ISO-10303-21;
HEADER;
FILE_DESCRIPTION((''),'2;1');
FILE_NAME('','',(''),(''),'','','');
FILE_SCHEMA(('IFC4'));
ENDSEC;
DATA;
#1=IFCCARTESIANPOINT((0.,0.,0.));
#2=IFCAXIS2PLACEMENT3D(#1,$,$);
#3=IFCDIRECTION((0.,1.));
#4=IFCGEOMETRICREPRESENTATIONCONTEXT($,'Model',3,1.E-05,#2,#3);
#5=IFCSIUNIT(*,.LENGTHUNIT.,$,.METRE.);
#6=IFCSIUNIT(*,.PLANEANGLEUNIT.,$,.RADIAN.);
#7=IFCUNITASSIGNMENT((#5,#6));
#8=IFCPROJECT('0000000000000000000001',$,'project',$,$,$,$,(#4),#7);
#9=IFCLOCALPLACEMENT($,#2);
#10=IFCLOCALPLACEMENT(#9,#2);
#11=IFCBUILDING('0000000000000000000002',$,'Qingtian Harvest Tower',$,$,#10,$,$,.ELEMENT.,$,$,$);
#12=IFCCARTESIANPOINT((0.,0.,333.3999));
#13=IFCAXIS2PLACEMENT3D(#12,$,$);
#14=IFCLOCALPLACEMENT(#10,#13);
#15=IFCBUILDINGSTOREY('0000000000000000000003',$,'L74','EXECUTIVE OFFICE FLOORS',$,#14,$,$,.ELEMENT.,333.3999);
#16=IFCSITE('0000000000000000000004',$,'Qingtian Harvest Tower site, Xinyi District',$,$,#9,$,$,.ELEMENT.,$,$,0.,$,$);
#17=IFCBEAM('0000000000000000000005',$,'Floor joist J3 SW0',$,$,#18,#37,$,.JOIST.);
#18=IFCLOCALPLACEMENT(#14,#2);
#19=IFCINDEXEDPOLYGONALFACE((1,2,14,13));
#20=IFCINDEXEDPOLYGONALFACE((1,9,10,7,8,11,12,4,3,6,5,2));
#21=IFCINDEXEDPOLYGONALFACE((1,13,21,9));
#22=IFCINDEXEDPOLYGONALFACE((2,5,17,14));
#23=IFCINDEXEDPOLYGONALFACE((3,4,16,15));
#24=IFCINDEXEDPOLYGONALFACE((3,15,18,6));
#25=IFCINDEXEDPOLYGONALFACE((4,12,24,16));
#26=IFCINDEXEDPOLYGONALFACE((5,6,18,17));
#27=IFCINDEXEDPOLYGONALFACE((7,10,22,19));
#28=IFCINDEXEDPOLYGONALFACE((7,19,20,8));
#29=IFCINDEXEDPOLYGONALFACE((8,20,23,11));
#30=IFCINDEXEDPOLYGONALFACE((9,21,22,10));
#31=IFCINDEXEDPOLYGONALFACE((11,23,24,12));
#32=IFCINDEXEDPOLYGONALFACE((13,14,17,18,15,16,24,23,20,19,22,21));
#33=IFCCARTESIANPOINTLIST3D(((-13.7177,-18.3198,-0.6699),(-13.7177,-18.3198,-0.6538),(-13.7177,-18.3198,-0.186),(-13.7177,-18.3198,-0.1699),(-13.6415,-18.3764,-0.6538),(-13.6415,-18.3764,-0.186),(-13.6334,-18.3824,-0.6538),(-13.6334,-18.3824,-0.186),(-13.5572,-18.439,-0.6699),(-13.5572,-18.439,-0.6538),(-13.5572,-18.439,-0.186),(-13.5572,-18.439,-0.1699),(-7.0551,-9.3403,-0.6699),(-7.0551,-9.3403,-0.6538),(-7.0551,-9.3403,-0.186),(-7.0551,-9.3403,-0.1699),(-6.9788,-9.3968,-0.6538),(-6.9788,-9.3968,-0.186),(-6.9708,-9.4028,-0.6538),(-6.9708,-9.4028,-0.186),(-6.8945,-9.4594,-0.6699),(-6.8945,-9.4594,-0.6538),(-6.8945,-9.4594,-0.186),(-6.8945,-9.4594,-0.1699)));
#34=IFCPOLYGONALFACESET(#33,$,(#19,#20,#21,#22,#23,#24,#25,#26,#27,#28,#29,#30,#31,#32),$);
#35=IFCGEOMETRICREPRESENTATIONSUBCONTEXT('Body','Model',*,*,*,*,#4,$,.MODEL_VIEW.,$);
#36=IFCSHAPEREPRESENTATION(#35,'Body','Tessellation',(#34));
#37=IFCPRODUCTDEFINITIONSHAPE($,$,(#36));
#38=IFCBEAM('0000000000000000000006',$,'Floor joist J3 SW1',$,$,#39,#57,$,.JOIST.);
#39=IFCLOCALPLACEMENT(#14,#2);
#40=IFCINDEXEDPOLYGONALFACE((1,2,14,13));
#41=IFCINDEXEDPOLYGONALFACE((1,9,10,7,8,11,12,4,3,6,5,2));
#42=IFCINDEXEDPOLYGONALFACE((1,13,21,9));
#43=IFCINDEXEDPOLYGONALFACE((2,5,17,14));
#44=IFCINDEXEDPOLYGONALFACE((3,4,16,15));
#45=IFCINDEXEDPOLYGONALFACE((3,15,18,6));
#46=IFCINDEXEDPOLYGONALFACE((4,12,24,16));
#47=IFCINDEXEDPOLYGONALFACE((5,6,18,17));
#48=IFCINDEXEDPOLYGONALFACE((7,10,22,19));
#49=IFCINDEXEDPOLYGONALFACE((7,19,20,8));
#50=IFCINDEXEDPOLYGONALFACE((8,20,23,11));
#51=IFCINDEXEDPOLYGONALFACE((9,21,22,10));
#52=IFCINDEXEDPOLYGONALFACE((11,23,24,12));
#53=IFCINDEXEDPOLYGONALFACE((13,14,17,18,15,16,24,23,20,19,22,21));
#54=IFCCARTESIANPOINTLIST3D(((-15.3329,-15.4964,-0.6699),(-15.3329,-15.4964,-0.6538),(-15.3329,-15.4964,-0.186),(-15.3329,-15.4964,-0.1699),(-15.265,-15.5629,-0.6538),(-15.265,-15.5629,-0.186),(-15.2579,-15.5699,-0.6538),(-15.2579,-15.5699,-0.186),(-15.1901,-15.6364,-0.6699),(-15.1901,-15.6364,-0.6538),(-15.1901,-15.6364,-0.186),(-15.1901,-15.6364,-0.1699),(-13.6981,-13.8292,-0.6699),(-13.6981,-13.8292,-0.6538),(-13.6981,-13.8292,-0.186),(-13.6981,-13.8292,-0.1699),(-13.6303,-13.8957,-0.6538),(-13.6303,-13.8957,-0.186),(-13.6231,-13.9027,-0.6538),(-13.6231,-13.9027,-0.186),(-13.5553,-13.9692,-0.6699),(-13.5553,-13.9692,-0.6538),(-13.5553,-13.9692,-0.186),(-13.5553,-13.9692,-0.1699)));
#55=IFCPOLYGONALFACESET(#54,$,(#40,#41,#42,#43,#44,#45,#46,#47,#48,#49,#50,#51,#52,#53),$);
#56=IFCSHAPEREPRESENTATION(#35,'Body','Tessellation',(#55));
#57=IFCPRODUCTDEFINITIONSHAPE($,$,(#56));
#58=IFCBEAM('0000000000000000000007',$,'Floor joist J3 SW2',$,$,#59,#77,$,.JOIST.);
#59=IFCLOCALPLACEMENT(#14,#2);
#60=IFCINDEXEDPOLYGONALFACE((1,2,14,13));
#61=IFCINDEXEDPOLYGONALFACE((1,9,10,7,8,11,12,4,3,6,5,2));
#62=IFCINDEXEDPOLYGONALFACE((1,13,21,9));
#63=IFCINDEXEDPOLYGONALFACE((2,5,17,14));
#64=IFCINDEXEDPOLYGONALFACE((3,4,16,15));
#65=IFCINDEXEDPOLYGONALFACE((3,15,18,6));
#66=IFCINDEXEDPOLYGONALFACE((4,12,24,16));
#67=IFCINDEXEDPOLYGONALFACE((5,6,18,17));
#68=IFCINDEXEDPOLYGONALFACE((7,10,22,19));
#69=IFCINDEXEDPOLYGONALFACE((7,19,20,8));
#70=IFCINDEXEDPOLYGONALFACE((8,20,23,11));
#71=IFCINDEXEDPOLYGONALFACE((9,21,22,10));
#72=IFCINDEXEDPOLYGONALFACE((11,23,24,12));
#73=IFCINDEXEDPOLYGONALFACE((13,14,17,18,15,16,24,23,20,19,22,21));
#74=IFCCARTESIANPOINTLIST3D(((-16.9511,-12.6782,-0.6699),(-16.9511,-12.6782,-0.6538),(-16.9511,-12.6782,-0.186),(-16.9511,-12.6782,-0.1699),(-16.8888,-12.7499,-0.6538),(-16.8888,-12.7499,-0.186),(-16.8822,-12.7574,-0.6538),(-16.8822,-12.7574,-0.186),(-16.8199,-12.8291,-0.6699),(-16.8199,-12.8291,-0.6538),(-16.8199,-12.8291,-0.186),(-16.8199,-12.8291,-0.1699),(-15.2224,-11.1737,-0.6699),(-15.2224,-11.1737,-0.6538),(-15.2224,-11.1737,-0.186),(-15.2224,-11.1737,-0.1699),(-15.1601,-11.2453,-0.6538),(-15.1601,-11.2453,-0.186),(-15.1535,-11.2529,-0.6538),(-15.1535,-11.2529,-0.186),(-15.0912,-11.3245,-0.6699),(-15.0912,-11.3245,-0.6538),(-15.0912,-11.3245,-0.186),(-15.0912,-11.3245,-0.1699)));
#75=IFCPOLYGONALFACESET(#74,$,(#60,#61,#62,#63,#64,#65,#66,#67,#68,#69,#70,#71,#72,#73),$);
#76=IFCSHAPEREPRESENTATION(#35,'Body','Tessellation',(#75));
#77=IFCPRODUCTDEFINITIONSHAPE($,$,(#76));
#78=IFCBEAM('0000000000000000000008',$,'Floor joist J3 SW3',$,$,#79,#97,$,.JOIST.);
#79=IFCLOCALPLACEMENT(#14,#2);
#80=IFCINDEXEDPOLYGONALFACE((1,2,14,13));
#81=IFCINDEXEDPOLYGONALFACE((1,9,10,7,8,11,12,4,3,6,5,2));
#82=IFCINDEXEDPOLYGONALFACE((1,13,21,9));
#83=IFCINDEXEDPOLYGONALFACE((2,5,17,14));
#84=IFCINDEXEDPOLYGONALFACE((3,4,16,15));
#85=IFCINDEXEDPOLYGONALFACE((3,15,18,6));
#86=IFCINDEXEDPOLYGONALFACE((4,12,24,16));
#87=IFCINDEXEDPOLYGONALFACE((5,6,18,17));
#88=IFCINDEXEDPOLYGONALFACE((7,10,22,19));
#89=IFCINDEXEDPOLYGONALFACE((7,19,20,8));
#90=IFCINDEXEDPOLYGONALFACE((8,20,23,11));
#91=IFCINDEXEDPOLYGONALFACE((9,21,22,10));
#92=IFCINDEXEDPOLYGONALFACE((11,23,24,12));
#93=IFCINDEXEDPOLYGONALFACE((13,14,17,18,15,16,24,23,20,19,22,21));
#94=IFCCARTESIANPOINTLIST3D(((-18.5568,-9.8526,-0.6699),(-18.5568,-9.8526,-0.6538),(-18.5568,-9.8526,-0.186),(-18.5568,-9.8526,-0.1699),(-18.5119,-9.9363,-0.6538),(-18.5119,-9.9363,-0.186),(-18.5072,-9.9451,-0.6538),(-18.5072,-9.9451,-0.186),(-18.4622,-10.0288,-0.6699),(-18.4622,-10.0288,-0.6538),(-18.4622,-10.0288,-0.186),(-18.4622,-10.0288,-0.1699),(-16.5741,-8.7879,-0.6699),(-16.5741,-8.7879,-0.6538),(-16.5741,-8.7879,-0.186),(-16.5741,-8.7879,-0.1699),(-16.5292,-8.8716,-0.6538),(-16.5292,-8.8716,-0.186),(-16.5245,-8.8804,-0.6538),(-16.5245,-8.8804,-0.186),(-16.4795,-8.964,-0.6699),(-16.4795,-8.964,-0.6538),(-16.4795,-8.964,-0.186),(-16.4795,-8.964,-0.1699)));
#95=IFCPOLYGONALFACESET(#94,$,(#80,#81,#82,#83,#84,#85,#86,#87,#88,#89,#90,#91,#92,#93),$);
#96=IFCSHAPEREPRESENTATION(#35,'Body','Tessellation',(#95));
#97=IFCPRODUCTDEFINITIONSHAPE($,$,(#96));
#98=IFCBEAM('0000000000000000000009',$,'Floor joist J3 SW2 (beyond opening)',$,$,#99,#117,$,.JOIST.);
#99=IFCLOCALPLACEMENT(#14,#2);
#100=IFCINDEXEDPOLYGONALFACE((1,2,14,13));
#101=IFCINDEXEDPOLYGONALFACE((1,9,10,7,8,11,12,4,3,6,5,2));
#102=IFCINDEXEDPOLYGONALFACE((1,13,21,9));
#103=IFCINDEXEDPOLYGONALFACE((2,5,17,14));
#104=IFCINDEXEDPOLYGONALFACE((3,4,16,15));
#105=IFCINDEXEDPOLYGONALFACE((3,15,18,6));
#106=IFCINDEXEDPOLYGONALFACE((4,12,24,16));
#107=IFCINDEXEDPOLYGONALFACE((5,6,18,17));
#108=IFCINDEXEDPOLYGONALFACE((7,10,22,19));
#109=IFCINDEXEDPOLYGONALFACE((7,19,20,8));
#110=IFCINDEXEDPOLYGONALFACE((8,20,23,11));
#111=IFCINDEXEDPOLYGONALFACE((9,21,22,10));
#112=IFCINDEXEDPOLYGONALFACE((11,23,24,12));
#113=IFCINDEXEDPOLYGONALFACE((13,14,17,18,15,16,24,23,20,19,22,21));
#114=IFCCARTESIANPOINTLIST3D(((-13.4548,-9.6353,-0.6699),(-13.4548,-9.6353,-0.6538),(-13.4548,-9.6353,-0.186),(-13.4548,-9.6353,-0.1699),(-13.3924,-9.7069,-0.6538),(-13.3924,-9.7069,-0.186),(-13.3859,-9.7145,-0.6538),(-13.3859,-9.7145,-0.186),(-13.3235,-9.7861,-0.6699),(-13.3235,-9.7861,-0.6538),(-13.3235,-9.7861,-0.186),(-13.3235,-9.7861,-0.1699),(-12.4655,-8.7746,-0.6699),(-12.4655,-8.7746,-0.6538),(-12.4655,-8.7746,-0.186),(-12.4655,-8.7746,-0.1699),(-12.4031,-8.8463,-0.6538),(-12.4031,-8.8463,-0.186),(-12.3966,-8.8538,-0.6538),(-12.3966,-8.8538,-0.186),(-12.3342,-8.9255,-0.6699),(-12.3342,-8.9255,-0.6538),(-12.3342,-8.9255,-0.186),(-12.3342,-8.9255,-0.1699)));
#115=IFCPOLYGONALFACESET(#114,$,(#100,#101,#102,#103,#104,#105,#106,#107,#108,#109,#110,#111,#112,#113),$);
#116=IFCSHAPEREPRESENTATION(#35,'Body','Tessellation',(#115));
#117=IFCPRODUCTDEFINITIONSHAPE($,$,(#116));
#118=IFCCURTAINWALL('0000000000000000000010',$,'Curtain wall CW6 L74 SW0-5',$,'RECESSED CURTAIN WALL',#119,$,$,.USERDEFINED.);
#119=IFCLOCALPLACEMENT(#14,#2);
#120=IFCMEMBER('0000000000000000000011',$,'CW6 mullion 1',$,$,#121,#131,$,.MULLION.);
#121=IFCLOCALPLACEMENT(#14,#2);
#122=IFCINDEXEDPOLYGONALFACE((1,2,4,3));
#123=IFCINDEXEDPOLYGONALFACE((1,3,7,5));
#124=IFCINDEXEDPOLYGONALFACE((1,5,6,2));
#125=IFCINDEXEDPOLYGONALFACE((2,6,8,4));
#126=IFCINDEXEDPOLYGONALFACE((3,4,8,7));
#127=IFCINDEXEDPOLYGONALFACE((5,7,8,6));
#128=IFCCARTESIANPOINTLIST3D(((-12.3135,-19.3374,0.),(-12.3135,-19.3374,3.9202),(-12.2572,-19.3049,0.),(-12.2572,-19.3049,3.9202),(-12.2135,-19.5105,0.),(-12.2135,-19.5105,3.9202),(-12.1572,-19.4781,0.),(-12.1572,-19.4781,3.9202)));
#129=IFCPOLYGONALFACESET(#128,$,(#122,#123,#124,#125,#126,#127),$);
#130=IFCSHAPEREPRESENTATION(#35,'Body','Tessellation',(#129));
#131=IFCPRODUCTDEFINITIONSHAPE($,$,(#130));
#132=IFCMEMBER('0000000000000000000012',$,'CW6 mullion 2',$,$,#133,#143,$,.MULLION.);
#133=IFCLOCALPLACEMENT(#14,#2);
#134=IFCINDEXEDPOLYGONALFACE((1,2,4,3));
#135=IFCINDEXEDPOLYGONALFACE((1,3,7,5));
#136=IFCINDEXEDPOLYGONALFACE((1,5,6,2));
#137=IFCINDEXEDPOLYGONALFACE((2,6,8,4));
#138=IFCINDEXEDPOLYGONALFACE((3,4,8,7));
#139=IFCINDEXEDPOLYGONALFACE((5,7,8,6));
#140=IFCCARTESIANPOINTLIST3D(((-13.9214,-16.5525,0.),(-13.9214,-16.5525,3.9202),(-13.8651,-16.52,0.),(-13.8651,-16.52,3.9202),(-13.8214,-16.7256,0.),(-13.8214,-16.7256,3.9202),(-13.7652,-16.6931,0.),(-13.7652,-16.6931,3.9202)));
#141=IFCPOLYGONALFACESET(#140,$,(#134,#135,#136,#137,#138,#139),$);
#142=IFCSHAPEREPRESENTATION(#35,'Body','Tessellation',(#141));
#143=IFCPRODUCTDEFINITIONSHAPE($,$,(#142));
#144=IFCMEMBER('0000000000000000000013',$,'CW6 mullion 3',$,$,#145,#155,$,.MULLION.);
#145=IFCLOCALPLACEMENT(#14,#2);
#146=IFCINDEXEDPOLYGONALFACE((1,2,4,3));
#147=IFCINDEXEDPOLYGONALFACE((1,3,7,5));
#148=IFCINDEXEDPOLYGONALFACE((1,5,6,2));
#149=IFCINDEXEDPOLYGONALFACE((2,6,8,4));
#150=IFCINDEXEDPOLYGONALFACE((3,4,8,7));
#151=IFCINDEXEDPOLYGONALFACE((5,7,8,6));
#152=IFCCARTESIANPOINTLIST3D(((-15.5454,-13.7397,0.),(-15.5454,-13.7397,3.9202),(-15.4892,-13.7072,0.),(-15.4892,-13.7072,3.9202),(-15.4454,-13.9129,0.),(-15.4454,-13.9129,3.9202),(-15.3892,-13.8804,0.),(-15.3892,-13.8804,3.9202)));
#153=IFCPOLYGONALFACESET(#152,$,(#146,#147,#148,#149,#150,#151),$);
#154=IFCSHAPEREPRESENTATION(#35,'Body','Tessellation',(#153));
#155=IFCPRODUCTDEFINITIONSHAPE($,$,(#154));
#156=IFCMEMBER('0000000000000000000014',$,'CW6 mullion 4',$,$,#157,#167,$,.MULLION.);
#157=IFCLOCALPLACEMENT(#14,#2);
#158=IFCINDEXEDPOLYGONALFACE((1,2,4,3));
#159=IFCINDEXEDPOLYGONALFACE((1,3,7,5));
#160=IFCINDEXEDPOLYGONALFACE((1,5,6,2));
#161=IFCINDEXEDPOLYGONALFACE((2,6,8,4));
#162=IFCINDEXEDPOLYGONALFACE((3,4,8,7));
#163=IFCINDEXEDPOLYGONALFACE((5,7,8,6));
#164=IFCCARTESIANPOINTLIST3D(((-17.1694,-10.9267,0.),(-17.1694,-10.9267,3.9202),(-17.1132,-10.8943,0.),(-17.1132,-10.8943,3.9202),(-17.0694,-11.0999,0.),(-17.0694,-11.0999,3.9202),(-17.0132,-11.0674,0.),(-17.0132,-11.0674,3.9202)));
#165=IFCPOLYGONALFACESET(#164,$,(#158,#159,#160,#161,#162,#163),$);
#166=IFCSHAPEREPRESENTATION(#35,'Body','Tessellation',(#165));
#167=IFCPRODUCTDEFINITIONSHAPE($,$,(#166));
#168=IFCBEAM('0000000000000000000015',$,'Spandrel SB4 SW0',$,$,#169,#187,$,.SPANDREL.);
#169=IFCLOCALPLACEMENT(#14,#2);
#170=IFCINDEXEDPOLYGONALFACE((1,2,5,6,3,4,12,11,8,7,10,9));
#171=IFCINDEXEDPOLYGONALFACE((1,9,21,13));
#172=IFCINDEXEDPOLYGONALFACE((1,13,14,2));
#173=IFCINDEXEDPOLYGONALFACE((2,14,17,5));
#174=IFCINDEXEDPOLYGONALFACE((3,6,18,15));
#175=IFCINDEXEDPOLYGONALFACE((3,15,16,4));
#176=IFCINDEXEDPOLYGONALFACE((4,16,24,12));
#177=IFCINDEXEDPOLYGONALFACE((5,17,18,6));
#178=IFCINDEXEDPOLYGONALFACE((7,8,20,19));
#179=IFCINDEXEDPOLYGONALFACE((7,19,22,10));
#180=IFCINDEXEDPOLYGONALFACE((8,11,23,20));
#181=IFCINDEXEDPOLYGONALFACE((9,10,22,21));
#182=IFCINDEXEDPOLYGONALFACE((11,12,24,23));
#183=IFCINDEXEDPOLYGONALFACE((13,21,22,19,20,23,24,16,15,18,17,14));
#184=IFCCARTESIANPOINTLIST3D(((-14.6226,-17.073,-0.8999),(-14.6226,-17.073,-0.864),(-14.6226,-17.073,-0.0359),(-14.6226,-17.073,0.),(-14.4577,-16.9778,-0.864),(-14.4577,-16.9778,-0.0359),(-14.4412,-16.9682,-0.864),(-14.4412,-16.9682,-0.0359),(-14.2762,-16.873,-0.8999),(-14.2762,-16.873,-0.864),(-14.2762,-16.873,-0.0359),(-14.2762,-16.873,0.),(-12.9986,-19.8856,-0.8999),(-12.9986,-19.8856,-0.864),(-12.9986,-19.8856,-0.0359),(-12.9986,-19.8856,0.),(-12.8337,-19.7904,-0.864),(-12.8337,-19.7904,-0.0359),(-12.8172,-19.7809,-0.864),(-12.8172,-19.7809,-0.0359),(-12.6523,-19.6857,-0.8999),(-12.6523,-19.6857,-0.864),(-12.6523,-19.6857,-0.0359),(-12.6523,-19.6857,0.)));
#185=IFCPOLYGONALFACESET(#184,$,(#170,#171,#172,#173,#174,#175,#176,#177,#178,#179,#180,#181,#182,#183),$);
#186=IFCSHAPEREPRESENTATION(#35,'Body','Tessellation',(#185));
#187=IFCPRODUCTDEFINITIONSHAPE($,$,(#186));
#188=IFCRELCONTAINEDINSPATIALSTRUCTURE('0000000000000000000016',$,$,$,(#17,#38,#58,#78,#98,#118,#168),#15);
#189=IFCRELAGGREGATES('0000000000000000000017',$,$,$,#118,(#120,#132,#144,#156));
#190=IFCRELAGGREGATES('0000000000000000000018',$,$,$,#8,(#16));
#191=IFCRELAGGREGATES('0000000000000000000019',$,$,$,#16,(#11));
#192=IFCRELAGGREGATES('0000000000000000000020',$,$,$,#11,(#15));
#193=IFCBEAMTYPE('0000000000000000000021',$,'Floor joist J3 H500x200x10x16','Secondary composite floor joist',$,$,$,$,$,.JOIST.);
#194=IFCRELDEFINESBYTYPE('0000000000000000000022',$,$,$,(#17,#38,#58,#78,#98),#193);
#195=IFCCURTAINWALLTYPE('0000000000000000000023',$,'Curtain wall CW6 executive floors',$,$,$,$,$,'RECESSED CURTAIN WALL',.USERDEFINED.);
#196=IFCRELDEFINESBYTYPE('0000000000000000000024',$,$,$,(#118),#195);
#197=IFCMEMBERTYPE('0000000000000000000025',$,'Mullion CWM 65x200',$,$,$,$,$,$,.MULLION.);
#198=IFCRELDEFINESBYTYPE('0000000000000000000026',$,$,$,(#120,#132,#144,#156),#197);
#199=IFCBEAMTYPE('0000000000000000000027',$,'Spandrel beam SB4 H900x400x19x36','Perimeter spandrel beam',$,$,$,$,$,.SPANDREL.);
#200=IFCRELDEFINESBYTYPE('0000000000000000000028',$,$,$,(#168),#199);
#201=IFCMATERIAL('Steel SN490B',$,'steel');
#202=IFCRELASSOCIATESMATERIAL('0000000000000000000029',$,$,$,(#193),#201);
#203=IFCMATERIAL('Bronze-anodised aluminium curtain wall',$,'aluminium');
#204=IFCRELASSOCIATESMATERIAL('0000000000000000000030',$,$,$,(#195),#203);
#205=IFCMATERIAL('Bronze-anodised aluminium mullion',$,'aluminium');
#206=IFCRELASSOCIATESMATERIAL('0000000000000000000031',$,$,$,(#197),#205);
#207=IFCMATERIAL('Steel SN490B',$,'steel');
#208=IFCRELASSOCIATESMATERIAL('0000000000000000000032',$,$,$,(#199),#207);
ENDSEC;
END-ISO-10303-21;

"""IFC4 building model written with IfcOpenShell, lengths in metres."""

from ifc_helpers import new_model, si_unit, direction, frame, origin, origin_2d, place, context, subcontext, project, spatial, rectangle, i_section, extrude, material, material_profile, profile_set, type_object, element, aggregate, save


model = new_model("IFC4")

# Units and contexts
model_context = context("Model", 3, precision=1e-05, world=origin(), true_north=direction((0.0, 1.0)))
body_context = subcontext(model_context, "Body", "Model", "MODEL_VIEW")
ifc_project = project(units=[si_unit("LENGTHUNIT", "METRE"), si_unit("PLANEANGLEUNIT", "RADIAN")], contexts=[model_context])

# Site, building, storey
site_placement = place(None, origin())
site = spatial("IfcSite", under=ifc_project, at=site_placement, Name="Qingtian Harvest Tower site, Xinyi District", CompositionType="ELEMENT", RefElevation=0.0)
building_placement = place(site_placement, origin())
building = spatial("IfcBuilding", under=site, at=building_placement, Name="Qingtian Harvest Tower", CompositionType="ELEMENT")
storey_placement = place(building_placement, frame((0.0, 0.0, 333.3999)))
storey = spatial("IfcBuildingStorey", under=building, at=storey_placement, Name="L74", Description="EXECUTIVE OFFICE FLOORS", CompositionType="ELEMENT", Elevation=333.3999)

# Beams
ifc_material_1 = material(Name="Steel SN490B", Category="steel")
ifc_material_profile_1 = material_profile(ifc_material_1, i_section(OverallWidth=0.2, OverallDepth=0.5, WebThickness=0.01, FlangeThickness=0.0161, at=origin_2d()), Name="H500x200x10x16")
ifc_profile_set_1 = profile_set([ifc_material_profile_1], Name="Steel SN490B")
beam_type_1 = type_object("IfcBeamType", Name="Floor joist J3 H500x200x10x16", Description="Secondary composite floor joist", PredefinedType="JOIST", material=ifc_profile_set_1)
beam_1_placement = place(storey_placement, frame((-13.6375, -18.3794, -0.4199), z_axis=(0.59587, 0.803081, 0.0), x_axis=(-0.803081, 0.59587, 0.0)))
element("IfcBeam", 1, at=beam_1_placement, inside=storey, type_object=beam_type_1, Name="Floor joist J3 SW0", PredefinedType="JOIST", context=body_context, shape_type="SweptSolid", body=[
    extrude(i_section(OverallWidth=0.2, OverallDepth=0.5, WebThickness=0.01, FlangeThickness=0.0161, at=origin_2d()), origin(), (0.0, 0.0, 1.0), 11.1814),
])
beam_2_placement = place(storey_placement, frame((-15.2615, -15.5664, -0.4199), z_axis=(0.700119, 0.714026, 0.0), x_axis=(-0.714026, 0.700119, 0.0)))
element("IfcBeam", 2, at=beam_2_placement, inside=storey, type_object=beam_type_1, Name="Floor joist J3 SW1", PredefinedType="JOIST", context=body_context, shape_type="SweptSolid", body=[
    extrude(i_section(OverallWidth=0.2, OverallDepth=0.5, WebThickness=0.01, FlangeThickness=0.0161, at=origin_2d()), origin(), (0.0, 0.0, 1.0), 2.335),
])
beam_3_placement = place(storey_placement, frame((-16.8855, -12.7537, -0.4199), z_axis=(0.75431, 0.656519, 0.0), x_axis=(-0.656519, 0.75431, 0.0)))
element("IfcBeam", 3, at=beam_3_placement, inside=storey, type_object=beam_type_1, Name="Floor joist J3 SW2", PredefinedType="JOIST", context=body_context, shape_type="SweptSolid", body=[
    extrude(i_section(OverallWidth=0.2, OverallDepth=0.5, WebThickness=0.01, FlangeThickness=0.0161, at=origin_2d()), origin(), (0.0, 0.0, 1.0), 2.2917),
])
beam_4_placement = place(storey_placement, frame((-18.5095, -9.9407, -0.4199), z_axis=(0.881007, 0.473103, 0.0), x_axis=(-0.473103, 0.881007, 0.0)))
element("IfcBeam", 4, at=beam_4_placement, inside=storey, type_object=beam_type_1, Name="Floor joist J3 SW3", PredefinedType="JOIST", context=body_context, shape_type="SweptSolid", body=[
    extrude(i_section(OverallWidth=0.2, OverallDepth=0.5, WebThickness=0.01, FlangeThickness=0.0161, at=origin_2d()), origin(), (0.0, 0.0, 1.0), 2.2505),
])
beam_5_placement = place(storey_placement, frame((-13.3892, -9.7107, -0.4199), z_axis=(0.754465, 0.65634, 0.0), x_axis=(-0.65634, 0.754465, 0.0)))
element("IfcBeam", 5, at=beam_5_placement, inside=storey, type_object=beam_type_1, Name="Floor joist J3 SW2 (beyond opening)", PredefinedType="JOIST", context=body_context, shape_type="SweptSolid", body=[
    extrude(i_section(OverallWidth=0.2, OverallDepth=0.5, WebThickness=0.01, FlangeThickness=0.0161, at=origin_2d()), origin(), (0.0, 0.0, 1.0), 1.3113),
])

# Curtain wall, members
ifc_material_2 = material(Name="Bronze-anodised aluminium curtain wall", Category="aluminium")
curtain_wall_type = type_object("IfcCurtainWallType", Name="Curtain wall CW6 executive floors", ElementType="RECESSED CURTAIN WALL", PredefinedType="USERDEFINED", material=ifc_material_2)
curtain_wall_placement = place(storey_placement, origin())
curtain_wall = element("IfcCurtainWall", 6, at=curtain_wall_placement, inside=storey, type_object=curtain_wall_type, Name="Curtain wall CW6 L74 SW0-5", ObjectType="RECESSED CURTAIN WALL", PredefinedType="USERDEFINED")
ifc_material_3 = material(Name="Bronze-anodised aluminium mullion", Category="aluminium")
ifc_material_profile_2 = material_profile(ifc_material_3, rectangle(XDim=0.0649, YDim=0.2, at=origin_2d()), Name="AL 65x200")
ifc_profile_set_2 = profile_set([ifc_material_profile_2], Name="Bronze-anodised aluminium mullion")
member_type_1 = type_object("IfcMemberType", Name="Mullion CWM 65x200", PredefinedType="MULLION", material=ifc_profile_set_2)
member_1_placement = place(storey_placement, frame((-12.2354, -19.4077, 0.0), z_axis=(0.0, 0.0, 1.0), x_axis=(-0.866025, -0.5, 0.0)))
member_1 = element("IfcMember", 7, at=member_1_placement, type_object=member_type_1, Name="CW6 mullion 1", PredefinedType="MULLION", context=body_context, shape_type="SweptSolid", body=[
    extrude(rectangle(XDim=0.0649, YDim=0.2, at=origin_2d()), origin(), (0.0, 0.0, 1.0), 3.9202),
])
member_2_placement = place(storey_placement, frame((-13.8433, -16.6228, 0.0), z_axis=(0.0, 0.0, 1.0), x_axis=(-0.866025, -0.5, 0.0)))
member_2 = element("IfcMember", 8, at=member_2_placement, type_object=member_type_1, Name="CW6 mullion 2", PredefinedType="MULLION", context=body_context, shape_type="SweptSolid", body=[
    extrude(rectangle(XDim=0.0649, YDim=0.2, at=origin_2d()), origin(), (0.0, 0.0, 1.0), 3.9202),
])
member_3_placement = place(storey_placement, frame((-15.4673, -13.8101, 0.0), z_axis=(0.0, 0.0, 1.0), x_axis=(-0.866025, -0.5, 0.0)))
member_3 = element("IfcMember", 9, at=member_3_placement, type_object=member_type_1, Name="CW6 mullion 3", PredefinedType="MULLION", context=body_context, shape_type="SweptSolid", body=[
    extrude(rectangle(XDim=0.0649, YDim=0.2, at=origin_2d()), origin(), (0.0, 0.0, 1.0), 3.9202),
])
member_4_placement = place(storey_placement, frame((-17.0913, -10.9971, 0.0), z_axis=(0.0, 0.0, 1.0), x_axis=(-0.866025, -0.5, 0.0)))
member_4 = element("IfcMember", 10, at=member_4_placement, type_object=member_type_1, Name="CW6 mullion 4", PredefinedType="MULLION", context=body_context, shape_type="SweptSolid", body=[
    extrude(rectangle(XDim=0.0649, YDim=0.2, at=origin_2d()), origin(), (0.0, 0.0, 1.0), 3.9202),
])

# Beam
ifc_material_4 = material(Name="Steel SN490B", Category="steel")
ifc_material_profile_3 = material_profile(ifc_material_4, i_section(OverallWidth=0.3999, OverallDepth=0.8999, WebThickness=0.019, FlangeThickness=0.0359, at=origin_2d()), Name="H900x400x19x36")
ifc_profile_set_3 = profile_set([ifc_material_profile_3], Name="Steel SN490B")
beam_type_2 = type_object("IfcBeamType", Name="Spandrel beam SB4 H900x400x19x36", Description="Perimeter spandrel beam", PredefinedType="SPANDREL", material=ifc_profile_set_3)
beam_6_placement = place(storey_placement, frame((-12.8254, -19.7856, -0.45), z_axis=(-0.50002, 0.866014, 0.0), x_axis=(-0.866014, -0.50002, 0.0)))
element("IfcBeam", 11, at=beam_6_placement, inside=storey, type_object=beam_type_2, Name="Spandrel SB4 SW0", PredefinedType="SPANDREL", context=body_context, shape_type="SweptSolid", body=[
    extrude(i_section(OverallWidth=0.3999, OverallDepth=0.8999, WebThickness=0.019, FlangeThickness=0.0359, at=origin_2d()), origin(), (0.0, 0.0, 1.0), 3.2478),
])

aggregate(curtain_wall, [member_1, member_2, member_3, member_4])

save(model, "model.ifc")
